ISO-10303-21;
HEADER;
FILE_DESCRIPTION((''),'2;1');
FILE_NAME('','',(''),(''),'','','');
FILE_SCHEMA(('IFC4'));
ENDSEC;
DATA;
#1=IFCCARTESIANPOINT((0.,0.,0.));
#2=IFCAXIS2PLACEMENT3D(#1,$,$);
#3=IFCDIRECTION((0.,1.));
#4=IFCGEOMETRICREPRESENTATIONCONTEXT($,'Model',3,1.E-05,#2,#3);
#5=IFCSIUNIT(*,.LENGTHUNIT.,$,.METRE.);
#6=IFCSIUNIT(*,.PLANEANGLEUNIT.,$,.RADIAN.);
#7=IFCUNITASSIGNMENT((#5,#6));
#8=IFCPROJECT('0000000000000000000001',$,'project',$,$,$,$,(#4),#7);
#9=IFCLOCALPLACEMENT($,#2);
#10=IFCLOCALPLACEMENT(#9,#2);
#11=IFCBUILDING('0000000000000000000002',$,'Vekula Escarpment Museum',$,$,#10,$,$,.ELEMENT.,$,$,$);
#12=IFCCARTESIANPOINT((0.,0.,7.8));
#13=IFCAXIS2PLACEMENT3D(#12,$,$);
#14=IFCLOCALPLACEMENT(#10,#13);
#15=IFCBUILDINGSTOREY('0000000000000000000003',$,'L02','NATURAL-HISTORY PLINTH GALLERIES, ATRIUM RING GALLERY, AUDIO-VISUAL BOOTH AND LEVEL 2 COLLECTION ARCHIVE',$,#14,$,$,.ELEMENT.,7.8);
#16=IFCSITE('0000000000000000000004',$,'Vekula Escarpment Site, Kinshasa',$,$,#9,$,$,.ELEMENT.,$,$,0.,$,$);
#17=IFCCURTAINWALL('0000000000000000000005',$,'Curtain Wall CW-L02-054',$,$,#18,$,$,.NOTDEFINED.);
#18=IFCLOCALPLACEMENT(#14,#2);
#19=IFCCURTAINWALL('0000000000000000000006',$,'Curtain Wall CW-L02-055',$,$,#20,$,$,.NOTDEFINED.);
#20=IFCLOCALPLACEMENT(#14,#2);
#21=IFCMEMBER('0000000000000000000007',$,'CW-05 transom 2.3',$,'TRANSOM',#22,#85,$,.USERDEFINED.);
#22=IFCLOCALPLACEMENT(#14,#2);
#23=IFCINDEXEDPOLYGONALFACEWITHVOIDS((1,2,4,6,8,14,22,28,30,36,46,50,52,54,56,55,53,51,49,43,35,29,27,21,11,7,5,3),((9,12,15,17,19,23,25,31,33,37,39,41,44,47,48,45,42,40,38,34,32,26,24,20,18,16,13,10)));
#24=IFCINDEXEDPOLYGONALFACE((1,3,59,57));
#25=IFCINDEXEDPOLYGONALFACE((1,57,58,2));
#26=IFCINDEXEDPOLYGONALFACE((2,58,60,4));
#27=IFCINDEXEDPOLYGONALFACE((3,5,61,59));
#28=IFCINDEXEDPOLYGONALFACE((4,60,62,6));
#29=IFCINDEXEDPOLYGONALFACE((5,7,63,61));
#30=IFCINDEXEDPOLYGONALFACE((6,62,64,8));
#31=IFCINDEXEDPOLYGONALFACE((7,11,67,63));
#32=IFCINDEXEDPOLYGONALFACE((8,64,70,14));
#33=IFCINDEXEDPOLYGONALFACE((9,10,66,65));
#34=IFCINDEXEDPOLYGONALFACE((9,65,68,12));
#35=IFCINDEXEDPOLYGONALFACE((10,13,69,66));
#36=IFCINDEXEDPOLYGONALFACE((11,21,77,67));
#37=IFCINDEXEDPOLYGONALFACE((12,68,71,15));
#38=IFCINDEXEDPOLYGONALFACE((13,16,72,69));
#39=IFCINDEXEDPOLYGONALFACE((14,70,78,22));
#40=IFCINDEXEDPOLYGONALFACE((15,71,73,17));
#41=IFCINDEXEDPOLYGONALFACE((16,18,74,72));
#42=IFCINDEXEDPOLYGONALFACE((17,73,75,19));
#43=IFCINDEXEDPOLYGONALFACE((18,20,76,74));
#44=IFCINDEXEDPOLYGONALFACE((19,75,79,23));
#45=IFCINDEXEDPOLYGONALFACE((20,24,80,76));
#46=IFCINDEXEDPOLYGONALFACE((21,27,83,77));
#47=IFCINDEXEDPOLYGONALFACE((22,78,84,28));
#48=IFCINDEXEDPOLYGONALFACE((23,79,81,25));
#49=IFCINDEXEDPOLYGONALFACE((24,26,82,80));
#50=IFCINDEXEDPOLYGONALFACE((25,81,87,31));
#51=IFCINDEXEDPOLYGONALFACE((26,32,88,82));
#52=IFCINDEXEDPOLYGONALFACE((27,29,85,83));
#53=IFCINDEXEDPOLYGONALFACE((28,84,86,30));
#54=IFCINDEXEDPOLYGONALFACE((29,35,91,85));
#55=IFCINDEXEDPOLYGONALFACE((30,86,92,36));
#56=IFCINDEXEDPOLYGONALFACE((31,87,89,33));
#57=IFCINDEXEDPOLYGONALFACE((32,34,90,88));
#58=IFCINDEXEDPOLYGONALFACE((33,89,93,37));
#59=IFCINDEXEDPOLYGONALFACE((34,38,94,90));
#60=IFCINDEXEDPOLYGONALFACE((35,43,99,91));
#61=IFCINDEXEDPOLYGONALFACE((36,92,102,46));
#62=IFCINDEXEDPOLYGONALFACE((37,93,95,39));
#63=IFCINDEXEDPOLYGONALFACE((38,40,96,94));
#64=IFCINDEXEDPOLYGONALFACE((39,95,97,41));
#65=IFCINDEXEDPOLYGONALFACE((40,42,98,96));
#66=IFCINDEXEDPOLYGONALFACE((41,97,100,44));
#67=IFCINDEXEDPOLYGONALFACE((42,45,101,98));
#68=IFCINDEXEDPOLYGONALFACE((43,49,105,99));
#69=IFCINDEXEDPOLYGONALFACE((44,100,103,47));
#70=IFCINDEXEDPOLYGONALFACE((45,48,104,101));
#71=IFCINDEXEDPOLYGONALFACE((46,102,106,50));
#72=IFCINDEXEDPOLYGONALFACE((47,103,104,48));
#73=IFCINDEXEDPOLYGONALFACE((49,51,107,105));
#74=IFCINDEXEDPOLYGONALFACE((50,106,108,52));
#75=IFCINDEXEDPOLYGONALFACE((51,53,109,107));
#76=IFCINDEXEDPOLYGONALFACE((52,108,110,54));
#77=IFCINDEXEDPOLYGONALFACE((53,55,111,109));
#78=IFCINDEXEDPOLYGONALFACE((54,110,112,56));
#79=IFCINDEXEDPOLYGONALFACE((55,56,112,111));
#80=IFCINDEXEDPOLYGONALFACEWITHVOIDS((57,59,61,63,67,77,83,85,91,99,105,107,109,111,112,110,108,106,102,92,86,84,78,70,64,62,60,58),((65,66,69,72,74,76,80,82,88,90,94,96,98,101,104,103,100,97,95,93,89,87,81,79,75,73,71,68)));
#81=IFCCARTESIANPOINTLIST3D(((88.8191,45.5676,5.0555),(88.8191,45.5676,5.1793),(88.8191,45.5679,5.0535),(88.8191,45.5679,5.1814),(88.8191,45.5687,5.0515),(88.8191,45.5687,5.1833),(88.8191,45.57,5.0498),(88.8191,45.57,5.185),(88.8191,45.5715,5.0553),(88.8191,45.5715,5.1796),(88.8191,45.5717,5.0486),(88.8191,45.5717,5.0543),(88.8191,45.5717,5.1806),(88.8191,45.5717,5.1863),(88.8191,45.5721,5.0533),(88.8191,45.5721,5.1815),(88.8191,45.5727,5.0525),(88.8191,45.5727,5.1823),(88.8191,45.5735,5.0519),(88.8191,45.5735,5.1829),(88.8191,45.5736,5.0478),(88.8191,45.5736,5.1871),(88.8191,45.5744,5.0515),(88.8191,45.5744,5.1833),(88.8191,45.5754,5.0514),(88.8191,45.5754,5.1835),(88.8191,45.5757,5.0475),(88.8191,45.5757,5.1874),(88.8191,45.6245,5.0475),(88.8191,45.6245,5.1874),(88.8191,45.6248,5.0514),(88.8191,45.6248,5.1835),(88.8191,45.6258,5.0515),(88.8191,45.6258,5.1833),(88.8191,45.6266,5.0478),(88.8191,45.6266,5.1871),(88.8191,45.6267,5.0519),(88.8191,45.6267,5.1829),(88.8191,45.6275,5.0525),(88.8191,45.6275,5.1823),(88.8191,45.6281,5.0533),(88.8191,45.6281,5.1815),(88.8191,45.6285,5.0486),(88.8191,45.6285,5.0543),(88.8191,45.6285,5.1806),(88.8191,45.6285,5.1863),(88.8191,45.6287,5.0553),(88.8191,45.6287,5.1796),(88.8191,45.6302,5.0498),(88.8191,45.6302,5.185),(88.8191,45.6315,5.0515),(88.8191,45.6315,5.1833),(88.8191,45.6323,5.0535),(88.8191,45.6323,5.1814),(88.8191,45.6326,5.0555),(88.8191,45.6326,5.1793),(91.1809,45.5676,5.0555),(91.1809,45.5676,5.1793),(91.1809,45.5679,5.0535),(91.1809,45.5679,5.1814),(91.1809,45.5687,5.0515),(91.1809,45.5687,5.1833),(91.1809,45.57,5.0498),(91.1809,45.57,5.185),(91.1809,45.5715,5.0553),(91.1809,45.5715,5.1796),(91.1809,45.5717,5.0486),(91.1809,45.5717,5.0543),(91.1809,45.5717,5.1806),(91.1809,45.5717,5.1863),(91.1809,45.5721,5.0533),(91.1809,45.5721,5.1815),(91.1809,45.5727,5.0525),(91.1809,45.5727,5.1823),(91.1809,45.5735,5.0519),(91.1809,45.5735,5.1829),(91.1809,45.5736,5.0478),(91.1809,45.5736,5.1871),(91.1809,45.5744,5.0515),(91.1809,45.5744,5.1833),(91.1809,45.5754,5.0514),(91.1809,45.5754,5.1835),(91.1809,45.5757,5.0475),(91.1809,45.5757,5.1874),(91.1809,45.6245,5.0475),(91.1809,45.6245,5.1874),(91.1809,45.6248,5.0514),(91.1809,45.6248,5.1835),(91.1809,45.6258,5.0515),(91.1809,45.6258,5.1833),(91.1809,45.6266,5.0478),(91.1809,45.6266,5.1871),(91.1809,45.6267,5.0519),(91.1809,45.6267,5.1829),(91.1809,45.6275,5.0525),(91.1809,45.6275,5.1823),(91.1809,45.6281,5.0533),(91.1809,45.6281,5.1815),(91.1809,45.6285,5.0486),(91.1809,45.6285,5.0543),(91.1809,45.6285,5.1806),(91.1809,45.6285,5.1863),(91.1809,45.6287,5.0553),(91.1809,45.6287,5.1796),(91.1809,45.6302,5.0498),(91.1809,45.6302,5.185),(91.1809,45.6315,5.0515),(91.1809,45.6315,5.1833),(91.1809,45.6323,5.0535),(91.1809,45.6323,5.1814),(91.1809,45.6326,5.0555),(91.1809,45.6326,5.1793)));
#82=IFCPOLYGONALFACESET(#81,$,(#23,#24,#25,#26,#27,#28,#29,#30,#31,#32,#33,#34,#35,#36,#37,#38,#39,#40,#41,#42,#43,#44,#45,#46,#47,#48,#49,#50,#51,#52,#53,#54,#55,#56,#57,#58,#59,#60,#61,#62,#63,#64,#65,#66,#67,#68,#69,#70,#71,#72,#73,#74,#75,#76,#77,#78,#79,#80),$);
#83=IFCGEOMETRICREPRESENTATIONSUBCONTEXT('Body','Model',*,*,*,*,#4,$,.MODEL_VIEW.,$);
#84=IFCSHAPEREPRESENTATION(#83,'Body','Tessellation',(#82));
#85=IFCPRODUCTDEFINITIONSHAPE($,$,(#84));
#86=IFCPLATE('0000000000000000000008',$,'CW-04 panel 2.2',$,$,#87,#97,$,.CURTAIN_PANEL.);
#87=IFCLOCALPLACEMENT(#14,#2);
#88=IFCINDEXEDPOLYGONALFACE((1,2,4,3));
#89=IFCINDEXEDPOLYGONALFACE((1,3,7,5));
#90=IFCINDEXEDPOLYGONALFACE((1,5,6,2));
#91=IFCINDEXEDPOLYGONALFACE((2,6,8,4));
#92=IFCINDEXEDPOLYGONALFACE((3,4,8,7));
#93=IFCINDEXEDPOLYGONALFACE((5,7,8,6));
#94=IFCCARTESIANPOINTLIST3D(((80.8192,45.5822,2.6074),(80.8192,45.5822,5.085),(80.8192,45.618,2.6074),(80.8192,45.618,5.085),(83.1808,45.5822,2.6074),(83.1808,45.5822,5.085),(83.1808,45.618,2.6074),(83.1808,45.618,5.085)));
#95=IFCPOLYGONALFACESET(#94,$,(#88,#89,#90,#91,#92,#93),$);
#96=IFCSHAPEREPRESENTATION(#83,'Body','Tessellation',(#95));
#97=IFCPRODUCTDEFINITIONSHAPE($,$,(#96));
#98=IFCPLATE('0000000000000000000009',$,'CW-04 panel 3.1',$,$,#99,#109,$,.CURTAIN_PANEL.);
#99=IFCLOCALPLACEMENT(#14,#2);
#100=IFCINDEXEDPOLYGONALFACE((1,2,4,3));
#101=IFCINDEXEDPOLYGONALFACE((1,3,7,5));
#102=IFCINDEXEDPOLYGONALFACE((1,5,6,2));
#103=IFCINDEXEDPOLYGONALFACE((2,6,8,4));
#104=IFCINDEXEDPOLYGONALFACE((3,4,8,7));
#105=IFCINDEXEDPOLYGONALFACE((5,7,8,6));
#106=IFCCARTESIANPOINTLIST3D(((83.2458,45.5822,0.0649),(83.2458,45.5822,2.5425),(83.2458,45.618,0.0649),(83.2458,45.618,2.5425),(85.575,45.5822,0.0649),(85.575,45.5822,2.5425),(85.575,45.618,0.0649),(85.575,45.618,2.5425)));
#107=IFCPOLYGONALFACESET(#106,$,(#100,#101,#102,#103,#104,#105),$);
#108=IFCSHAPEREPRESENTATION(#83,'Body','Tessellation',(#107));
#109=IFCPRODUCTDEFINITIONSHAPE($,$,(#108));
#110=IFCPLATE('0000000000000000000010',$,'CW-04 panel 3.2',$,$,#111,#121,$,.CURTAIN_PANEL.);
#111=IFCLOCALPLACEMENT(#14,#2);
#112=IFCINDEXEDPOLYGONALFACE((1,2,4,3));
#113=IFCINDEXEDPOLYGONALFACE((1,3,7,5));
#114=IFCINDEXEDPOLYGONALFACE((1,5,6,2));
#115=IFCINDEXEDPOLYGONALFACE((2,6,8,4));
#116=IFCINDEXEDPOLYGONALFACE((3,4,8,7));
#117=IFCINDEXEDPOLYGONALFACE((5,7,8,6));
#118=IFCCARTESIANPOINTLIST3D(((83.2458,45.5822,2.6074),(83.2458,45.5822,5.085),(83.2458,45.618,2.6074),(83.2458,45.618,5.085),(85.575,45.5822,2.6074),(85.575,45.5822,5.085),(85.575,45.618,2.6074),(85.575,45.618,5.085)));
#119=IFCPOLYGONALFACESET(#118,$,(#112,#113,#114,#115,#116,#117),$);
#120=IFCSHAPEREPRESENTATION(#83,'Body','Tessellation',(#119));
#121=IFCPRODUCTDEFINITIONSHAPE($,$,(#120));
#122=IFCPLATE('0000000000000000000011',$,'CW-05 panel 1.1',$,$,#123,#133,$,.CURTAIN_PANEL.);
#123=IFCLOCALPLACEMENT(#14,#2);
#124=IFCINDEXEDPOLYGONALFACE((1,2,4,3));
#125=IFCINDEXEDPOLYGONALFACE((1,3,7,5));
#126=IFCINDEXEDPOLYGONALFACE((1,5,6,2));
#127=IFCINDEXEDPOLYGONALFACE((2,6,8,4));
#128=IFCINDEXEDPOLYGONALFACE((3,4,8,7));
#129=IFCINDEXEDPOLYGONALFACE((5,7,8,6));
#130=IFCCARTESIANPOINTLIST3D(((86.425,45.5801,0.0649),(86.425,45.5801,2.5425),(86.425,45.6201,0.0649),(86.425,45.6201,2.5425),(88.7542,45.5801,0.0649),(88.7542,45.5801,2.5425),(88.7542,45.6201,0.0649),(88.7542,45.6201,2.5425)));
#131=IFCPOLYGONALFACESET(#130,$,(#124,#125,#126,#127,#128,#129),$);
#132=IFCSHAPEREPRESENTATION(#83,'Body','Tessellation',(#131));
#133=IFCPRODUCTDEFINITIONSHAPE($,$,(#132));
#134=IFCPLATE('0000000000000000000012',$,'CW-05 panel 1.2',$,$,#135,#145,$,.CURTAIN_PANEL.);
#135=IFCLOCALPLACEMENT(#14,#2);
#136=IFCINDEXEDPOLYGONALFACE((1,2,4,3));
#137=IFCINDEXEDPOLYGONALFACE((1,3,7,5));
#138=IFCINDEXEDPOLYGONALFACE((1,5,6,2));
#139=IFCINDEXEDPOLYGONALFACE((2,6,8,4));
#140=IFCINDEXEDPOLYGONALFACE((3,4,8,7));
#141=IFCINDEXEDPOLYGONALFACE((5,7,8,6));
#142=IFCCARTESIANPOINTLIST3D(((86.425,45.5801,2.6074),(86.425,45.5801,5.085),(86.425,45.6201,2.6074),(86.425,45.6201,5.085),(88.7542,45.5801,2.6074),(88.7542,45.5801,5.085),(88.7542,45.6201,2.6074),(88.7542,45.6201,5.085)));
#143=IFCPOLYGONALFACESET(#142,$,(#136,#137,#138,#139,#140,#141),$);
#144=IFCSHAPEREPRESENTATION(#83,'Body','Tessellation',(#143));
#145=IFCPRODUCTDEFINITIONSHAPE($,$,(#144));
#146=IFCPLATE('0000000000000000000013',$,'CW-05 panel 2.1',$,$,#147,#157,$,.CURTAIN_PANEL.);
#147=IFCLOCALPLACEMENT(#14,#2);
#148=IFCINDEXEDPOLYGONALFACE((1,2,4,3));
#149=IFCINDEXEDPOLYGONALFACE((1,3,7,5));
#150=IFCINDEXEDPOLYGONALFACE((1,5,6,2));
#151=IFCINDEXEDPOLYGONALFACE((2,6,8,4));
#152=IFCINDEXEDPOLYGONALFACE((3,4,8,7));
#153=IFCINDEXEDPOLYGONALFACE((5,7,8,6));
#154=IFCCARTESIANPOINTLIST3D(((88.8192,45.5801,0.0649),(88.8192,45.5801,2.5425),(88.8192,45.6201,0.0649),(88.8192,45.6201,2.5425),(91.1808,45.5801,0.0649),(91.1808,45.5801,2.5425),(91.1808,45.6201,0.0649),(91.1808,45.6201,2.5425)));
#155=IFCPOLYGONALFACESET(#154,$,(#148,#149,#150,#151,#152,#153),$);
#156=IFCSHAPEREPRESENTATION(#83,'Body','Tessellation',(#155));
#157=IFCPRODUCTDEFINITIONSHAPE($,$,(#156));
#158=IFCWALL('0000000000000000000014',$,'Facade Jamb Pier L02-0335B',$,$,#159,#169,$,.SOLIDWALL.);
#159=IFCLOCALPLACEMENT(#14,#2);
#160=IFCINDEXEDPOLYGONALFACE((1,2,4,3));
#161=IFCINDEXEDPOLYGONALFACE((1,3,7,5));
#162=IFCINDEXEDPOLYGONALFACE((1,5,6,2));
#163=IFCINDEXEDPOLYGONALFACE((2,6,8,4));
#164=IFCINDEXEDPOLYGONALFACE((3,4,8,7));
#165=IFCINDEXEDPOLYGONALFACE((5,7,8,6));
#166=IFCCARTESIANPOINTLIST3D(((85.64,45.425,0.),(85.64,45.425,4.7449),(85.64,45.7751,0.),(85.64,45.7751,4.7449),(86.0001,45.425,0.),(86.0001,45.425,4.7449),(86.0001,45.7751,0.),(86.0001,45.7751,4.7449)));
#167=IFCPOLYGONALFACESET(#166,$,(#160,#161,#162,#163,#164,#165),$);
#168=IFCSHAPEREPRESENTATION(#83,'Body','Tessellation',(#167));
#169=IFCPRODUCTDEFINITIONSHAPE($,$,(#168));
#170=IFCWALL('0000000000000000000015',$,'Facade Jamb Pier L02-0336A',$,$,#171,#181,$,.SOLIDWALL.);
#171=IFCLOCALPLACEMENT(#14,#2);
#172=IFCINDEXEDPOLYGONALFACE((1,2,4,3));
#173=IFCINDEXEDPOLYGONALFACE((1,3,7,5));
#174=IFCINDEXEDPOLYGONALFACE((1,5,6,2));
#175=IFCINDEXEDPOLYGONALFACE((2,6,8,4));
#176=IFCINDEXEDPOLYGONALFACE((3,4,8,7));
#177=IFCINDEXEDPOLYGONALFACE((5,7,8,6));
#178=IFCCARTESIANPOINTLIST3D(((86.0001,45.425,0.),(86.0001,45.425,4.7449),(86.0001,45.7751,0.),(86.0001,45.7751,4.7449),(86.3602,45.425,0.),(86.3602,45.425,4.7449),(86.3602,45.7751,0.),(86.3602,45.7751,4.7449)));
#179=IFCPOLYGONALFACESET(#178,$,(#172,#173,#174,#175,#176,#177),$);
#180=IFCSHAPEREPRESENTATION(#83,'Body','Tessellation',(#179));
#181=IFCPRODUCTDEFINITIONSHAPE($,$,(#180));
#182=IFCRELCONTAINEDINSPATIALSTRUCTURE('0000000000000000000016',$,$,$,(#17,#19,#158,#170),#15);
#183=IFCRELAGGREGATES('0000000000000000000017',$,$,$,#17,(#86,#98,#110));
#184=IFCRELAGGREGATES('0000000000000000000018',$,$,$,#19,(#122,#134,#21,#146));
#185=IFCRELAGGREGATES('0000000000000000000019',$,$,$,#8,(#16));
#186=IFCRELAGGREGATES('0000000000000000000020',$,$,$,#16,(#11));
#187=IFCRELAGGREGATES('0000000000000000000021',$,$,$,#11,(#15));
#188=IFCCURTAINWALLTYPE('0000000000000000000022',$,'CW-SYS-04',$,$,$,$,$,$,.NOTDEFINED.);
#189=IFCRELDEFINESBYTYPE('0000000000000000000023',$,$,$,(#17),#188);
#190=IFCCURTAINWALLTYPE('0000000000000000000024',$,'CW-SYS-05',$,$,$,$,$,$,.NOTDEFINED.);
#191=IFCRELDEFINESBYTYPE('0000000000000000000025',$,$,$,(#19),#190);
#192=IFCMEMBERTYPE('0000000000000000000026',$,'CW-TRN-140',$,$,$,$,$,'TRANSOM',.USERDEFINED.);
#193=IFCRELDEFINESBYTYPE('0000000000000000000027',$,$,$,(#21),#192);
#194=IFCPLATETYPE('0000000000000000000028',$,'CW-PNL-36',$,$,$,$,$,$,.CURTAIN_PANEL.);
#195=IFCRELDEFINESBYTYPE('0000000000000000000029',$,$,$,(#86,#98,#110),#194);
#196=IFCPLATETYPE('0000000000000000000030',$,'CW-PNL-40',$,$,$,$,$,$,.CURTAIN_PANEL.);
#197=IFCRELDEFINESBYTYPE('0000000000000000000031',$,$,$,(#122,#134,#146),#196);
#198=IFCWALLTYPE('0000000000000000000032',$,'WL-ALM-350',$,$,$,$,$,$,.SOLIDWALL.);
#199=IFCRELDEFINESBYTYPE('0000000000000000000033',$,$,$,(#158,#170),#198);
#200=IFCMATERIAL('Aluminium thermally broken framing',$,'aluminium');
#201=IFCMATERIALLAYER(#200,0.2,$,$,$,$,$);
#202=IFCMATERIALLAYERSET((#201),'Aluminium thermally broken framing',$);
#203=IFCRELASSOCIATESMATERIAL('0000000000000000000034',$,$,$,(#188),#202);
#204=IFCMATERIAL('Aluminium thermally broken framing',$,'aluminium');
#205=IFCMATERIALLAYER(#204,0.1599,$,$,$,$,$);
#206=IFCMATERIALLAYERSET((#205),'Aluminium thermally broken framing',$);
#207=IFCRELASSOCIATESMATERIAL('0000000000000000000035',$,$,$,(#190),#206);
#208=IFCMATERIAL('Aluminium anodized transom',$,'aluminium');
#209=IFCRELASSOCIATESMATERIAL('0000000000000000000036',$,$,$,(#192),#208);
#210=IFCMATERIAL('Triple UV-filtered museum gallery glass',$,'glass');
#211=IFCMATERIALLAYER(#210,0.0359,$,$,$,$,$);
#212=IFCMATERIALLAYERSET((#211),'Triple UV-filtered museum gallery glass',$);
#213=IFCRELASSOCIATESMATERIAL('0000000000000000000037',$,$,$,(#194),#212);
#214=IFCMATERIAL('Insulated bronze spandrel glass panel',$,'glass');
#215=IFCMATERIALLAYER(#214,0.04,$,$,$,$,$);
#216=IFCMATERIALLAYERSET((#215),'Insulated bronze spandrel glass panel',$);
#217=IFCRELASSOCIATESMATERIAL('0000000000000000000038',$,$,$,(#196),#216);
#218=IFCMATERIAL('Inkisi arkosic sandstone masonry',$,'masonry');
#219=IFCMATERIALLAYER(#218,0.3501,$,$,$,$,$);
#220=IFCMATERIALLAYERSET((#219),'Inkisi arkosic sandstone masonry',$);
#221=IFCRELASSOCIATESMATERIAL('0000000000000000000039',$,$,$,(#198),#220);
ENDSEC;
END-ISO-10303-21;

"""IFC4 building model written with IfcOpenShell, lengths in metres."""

from ifc_helpers import new_model, si_unit, direction, frame, frame_2d, origin, origin_2d, place, context, subcontext, project, spatial, rectangle, hollow_rectangle, extrude, material, layer, layer_set, material_profile, profile_set, type_object, element, aggregate, save


model = new_model("IFC4")

# Units and contexts
model_context = context("Model", 3, precision=1e-05, world=origin(), true_north=direction((0.0, 1.0)))
body_context = subcontext(model_context, "Body", "Model", "MODEL_VIEW")
ifc_project = project(units=[si_unit("LENGTHUNIT", "METRE"), si_unit("PLANEANGLEUNIT", "RADIAN")], contexts=[model_context])

# Site, building, storey
site_placement = place(None, origin())
site = spatial("IfcSite", under=ifc_project, at=site_placement, Name="Vekula Escarpment Site, Kinshasa", CompositionType="ELEMENT", RefElevation=0.0)
building_placement = place(site_placement, origin())
building = spatial("IfcBuilding", under=site, at=building_placement, Name="Vekula Escarpment Museum", CompositionType="ELEMENT")
storey_placement = place(building_placement, frame((0.0, 0.0, 7.8)))
storey = spatial("IfcBuildingStorey", under=building, at=storey_placement, Name="L02", Description="NATURAL-HISTORY PLINTH GALLERIES, ATRIUM RING GALLERY, AUDIO-VISUAL BOOTH AND LEVEL 2 COLLECTION ARCHIVE", CompositionType="ELEMENT", Elevation=7.8)

# Curtain walls
ifc_material_1 = material(Name="Aluminium thermally broken framing", Category="aluminium")
ifc_layer_1 = layer(ifc_material_1, 0.2)
ifc_layer_set_1 = layer_set([ifc_layer_1], Name="Aluminium thermally broken framing")
curtain_wall_type_1 = type_object("IfcCurtainWallType", Name="CW-SYS-04", PredefinedType="NOTDEFINED", material=ifc_layer_set_1)
curtain_wall_1_placement = place(storey_placement, origin())
curtain_wall_1 = element("IfcCurtainWall", 1, at=curtain_wall_1_placement, inside=storey, type_object=curtain_wall_type_1, Name="Curtain Wall CW-L02-054", PredefinedType="NOTDEFINED")
ifc_material_2 = material(Name="Aluminium thermally broken framing", Category="aluminium")
ifc_layer_2 = layer(ifc_material_2, 0.1599)
ifc_layer_set_2 = layer_set([ifc_layer_2], Name="Aluminium thermally broken framing")
curtain_wall_type_2 = type_object("IfcCurtainWallType", Name="CW-SYS-05", PredefinedType="NOTDEFINED", material=ifc_layer_set_2)
curtain_wall_2_placement = place(storey_placement, origin())
curtain_wall_2 = element("IfcCurtainWall", 2, at=curtain_wall_2_placement, inside=storey, type_object=curtain_wall_type_2, Name="Curtain Wall CW-L02-055", PredefinedType="NOTDEFINED")

# Member
ifc_material_3 = material(Name="Aluminium anodized transom", Category="aluminium")
ifc_material_profile_1 = material_profile(ifc_material_3, hollow_rectangle(XDim=0.0649, YDim=0.1399, WallThickness=0.0039, InnerFilletRadius=0.0039, OuterFilletRadius=0.0081, at=origin_2d()), Name="ALU 140x65x4")
ifc_profile_set_1 = profile_set([ifc_material_profile_1], Name="Aluminium anodized transom")
member_type_1 = type_object("IfcMemberType", Name="CW-TRN-140", ElementType="TRANSOM", PredefinedType="USERDEFINED", material=ifc_profile_set_1)
member_1_placement = place(storey_placement, frame((88.8191, 45.6001, 5.1174), z_axis=(1.0, 0.0, 0.0), x_axis=(0.0, 1.0, 0.0)))
member_1 = element("IfcMember", 3, at=member_1_placement, type_object=member_type_1, Name="CW-05 transom 2.3", ObjectType="TRANSOM", PredefinedType="USERDEFINED", context=body_context, shape_type="SweptSolid", body=[
    extrude(hollow_rectangle(XDim=0.0649, YDim=0.1399, WallThickness=0.0039, InnerFilletRadius=0.0039, OuterFilletRadius=0.0081, at=origin_2d()), origin(), (0.0, 0.0, 1.0), 2.3618),
])

# Plates
ifc_material_4 = material(Name="Triple UV-filtered museum gallery glass", Category="glass")
ifc_layer_3 = layer(ifc_material_4, 0.0359)
ifc_layer_set_3 = layer_set([ifc_layer_3], Name="Triple UV-filtered museum gallery glass")
plate_type_1 = type_object("IfcPlateType", Name="CW-PNL-36", PredefinedType="CURTAIN_PANEL", material=ifc_layer_set_3)
plate_1_placement = place(storey_placement, frame((82.0, 45.6001, 2.6074), z_axis=(0.0, 0.0, 1.0), x_axis=(1.0, 0.0, 0.0)))
plate_1 = element("IfcPlate", 4, at=plate_1_placement, type_object=plate_type_1, Name="CW-04 panel 2.2", PredefinedType="CURTAIN_PANEL", context=body_context, shape_type="SweptSolid", body=[
    extrude(rectangle(XDim=2.3616, YDim=0.0359, at=origin_2d()), origin(), (0.0, 0.0, 1.0), 2.4775),
])
plate_2_placement = place(storey_placement, frame((84.4104, 45.6001, 0.0649), z_axis=(0.0, 0.0, 1.0), x_axis=(1.0, 0.0, 0.0)))
plate_2 = element("IfcPlate", 5, at=plate_2_placement, type_object=plate_type_1, Name="CW-04 panel 3.1", PredefinedType="CURTAIN_PANEL", context=body_context, shape_type="SweptSolid", body=[
    extrude(rectangle(XDim=2.3291, YDim=0.0359, at=origin_2d()), origin(), (0.0, 0.0, 1.0), 2.4775),
])
plate_3_placement = place(storey_placement, frame((84.4104, 45.6001, 2.6074), z_axis=(0.0, 0.0, 1.0), x_axis=(1.0, 0.0, 0.0)))
plate_3 = element("IfcPlate", 6, at=plate_3_placement, type_object=plate_type_1, Name="CW-04 panel 3.2", PredefinedType="CURTAIN_PANEL", context=body_context, shape_type="SweptSolid", body=[
    extrude(rectangle(XDim=2.3291, YDim=0.0359, at=origin_2d()), origin(), (0.0, 0.0, 1.0), 2.4775),
])
aggregate(curtain_wall_1, [plate_1, plate_2, plate_3])
ifc_material_5 = material(Name="Insulated bronze spandrel glass panel", Category="glass")
ifc_layer_4 = layer(ifc_material_5, 0.04)
ifc_layer_set_4 = layer_set([ifc_layer_4], Name="Insulated bronze spandrel glass panel")
plate_type_2 = type_object("IfcPlateType", Name="CW-PNL-40", PredefinedType="CURTAIN_PANEL", material=ifc_layer_set_4)
plate_4_placement = place(storey_placement, frame((87.5896, 45.6001, 0.0649), z_axis=(0.0, 0.0, 1.0), x_axis=(1.0, 0.0, 0.0)))
plate_4 = element("IfcPlate", 7, at=plate_4_placement, type_object=plate_type_2, Name="CW-05 panel 1.1", PredefinedType="CURTAIN_PANEL", context=body_context, shape_type="SweptSolid", body=[
    extrude(rectangle(XDim=2.3291, YDim=0.04, at=origin_2d()), origin(), (0.0, 0.0, 1.0), 2.4775),
])
plate_5_placement = place(storey_placement, frame((87.5896, 45.6001, 2.6074), z_axis=(0.0, 0.0, 1.0), x_axis=(1.0, 0.0, 0.0)))
plate_5 = element("IfcPlate", 8, at=plate_5_placement, type_object=plate_type_2, Name="CW-05 panel 1.2", PredefinedType="CURTAIN_PANEL", context=body_context, shape_type="SweptSolid", body=[
    extrude(rectangle(XDim=2.3291, YDim=0.04, at=origin_2d()), origin(), (0.0, 0.0, 1.0), 2.4775),
])
plate_6_placement = place(storey_placement, frame((90.0, 45.6001, 0.0649), z_axis=(0.0, 0.0, 1.0), x_axis=(1.0, 0.0, 0.0)))
plate_6 = element("IfcPlate", 9, at=plate_6_placement, type_object=plate_type_2, Name="CW-05 panel 2.1", PredefinedType="CURTAIN_PANEL", context=body_context, shape_type="SweptSolid", body=[
    extrude(rectangle(XDim=2.3616, YDim=0.04, at=origin_2d()), origin(), (0.0, 0.0, 1.0), 2.4775),
])
aggregate(curtain_wall_2, [plate_4, plate_5, member_1, plate_6])

# Walls
ifc_material_6 = material(Name="Inkisi arkosic sandstone masonry", Category="masonry")
ifc_layer_5 = layer(ifc_material_6, 0.3501)
ifc_layer_set_5 = layer_set([ifc_layer_5], Name="Inkisi arkosic sandstone masonry")
wall_type_1 = type_object("IfcWallType", Name="WL-ALM-350", PredefinedType="SOLIDWALL", material=ifc_layer_set_5)
for number, where, z_axis, x_axis, name in (
    (10, (85.6399, 45.6001, 0.0), (0.0, 0.0, 1.0), (1.0, 0.0, 0.0), "Facade Jamb Pier L02-0335B"),
    (11, (86.0, 45.6001, 0.0), (0.0, 0.0, 1.0), (1.0, 0.0, 0.0), "Facade Jamb Pier L02-0336A"),
):
    element("IfcWall", number, at=place(storey_placement, frame(where, z_axis=z_axis, x_axis=x_axis)), inside=storey, type_object=wall_type_1, Name=name, PredefinedType="SOLIDWALL", context=body_context, shape_type="SweptSolid", body=[
        extrude(rectangle(XDim=0.3601, YDim=0.3501, at=frame_2d((0.1802, 0.0))), origin(), (0.0, 0.0, 1.0), 4.7449),
    ])

save(model, "model.ifc")
